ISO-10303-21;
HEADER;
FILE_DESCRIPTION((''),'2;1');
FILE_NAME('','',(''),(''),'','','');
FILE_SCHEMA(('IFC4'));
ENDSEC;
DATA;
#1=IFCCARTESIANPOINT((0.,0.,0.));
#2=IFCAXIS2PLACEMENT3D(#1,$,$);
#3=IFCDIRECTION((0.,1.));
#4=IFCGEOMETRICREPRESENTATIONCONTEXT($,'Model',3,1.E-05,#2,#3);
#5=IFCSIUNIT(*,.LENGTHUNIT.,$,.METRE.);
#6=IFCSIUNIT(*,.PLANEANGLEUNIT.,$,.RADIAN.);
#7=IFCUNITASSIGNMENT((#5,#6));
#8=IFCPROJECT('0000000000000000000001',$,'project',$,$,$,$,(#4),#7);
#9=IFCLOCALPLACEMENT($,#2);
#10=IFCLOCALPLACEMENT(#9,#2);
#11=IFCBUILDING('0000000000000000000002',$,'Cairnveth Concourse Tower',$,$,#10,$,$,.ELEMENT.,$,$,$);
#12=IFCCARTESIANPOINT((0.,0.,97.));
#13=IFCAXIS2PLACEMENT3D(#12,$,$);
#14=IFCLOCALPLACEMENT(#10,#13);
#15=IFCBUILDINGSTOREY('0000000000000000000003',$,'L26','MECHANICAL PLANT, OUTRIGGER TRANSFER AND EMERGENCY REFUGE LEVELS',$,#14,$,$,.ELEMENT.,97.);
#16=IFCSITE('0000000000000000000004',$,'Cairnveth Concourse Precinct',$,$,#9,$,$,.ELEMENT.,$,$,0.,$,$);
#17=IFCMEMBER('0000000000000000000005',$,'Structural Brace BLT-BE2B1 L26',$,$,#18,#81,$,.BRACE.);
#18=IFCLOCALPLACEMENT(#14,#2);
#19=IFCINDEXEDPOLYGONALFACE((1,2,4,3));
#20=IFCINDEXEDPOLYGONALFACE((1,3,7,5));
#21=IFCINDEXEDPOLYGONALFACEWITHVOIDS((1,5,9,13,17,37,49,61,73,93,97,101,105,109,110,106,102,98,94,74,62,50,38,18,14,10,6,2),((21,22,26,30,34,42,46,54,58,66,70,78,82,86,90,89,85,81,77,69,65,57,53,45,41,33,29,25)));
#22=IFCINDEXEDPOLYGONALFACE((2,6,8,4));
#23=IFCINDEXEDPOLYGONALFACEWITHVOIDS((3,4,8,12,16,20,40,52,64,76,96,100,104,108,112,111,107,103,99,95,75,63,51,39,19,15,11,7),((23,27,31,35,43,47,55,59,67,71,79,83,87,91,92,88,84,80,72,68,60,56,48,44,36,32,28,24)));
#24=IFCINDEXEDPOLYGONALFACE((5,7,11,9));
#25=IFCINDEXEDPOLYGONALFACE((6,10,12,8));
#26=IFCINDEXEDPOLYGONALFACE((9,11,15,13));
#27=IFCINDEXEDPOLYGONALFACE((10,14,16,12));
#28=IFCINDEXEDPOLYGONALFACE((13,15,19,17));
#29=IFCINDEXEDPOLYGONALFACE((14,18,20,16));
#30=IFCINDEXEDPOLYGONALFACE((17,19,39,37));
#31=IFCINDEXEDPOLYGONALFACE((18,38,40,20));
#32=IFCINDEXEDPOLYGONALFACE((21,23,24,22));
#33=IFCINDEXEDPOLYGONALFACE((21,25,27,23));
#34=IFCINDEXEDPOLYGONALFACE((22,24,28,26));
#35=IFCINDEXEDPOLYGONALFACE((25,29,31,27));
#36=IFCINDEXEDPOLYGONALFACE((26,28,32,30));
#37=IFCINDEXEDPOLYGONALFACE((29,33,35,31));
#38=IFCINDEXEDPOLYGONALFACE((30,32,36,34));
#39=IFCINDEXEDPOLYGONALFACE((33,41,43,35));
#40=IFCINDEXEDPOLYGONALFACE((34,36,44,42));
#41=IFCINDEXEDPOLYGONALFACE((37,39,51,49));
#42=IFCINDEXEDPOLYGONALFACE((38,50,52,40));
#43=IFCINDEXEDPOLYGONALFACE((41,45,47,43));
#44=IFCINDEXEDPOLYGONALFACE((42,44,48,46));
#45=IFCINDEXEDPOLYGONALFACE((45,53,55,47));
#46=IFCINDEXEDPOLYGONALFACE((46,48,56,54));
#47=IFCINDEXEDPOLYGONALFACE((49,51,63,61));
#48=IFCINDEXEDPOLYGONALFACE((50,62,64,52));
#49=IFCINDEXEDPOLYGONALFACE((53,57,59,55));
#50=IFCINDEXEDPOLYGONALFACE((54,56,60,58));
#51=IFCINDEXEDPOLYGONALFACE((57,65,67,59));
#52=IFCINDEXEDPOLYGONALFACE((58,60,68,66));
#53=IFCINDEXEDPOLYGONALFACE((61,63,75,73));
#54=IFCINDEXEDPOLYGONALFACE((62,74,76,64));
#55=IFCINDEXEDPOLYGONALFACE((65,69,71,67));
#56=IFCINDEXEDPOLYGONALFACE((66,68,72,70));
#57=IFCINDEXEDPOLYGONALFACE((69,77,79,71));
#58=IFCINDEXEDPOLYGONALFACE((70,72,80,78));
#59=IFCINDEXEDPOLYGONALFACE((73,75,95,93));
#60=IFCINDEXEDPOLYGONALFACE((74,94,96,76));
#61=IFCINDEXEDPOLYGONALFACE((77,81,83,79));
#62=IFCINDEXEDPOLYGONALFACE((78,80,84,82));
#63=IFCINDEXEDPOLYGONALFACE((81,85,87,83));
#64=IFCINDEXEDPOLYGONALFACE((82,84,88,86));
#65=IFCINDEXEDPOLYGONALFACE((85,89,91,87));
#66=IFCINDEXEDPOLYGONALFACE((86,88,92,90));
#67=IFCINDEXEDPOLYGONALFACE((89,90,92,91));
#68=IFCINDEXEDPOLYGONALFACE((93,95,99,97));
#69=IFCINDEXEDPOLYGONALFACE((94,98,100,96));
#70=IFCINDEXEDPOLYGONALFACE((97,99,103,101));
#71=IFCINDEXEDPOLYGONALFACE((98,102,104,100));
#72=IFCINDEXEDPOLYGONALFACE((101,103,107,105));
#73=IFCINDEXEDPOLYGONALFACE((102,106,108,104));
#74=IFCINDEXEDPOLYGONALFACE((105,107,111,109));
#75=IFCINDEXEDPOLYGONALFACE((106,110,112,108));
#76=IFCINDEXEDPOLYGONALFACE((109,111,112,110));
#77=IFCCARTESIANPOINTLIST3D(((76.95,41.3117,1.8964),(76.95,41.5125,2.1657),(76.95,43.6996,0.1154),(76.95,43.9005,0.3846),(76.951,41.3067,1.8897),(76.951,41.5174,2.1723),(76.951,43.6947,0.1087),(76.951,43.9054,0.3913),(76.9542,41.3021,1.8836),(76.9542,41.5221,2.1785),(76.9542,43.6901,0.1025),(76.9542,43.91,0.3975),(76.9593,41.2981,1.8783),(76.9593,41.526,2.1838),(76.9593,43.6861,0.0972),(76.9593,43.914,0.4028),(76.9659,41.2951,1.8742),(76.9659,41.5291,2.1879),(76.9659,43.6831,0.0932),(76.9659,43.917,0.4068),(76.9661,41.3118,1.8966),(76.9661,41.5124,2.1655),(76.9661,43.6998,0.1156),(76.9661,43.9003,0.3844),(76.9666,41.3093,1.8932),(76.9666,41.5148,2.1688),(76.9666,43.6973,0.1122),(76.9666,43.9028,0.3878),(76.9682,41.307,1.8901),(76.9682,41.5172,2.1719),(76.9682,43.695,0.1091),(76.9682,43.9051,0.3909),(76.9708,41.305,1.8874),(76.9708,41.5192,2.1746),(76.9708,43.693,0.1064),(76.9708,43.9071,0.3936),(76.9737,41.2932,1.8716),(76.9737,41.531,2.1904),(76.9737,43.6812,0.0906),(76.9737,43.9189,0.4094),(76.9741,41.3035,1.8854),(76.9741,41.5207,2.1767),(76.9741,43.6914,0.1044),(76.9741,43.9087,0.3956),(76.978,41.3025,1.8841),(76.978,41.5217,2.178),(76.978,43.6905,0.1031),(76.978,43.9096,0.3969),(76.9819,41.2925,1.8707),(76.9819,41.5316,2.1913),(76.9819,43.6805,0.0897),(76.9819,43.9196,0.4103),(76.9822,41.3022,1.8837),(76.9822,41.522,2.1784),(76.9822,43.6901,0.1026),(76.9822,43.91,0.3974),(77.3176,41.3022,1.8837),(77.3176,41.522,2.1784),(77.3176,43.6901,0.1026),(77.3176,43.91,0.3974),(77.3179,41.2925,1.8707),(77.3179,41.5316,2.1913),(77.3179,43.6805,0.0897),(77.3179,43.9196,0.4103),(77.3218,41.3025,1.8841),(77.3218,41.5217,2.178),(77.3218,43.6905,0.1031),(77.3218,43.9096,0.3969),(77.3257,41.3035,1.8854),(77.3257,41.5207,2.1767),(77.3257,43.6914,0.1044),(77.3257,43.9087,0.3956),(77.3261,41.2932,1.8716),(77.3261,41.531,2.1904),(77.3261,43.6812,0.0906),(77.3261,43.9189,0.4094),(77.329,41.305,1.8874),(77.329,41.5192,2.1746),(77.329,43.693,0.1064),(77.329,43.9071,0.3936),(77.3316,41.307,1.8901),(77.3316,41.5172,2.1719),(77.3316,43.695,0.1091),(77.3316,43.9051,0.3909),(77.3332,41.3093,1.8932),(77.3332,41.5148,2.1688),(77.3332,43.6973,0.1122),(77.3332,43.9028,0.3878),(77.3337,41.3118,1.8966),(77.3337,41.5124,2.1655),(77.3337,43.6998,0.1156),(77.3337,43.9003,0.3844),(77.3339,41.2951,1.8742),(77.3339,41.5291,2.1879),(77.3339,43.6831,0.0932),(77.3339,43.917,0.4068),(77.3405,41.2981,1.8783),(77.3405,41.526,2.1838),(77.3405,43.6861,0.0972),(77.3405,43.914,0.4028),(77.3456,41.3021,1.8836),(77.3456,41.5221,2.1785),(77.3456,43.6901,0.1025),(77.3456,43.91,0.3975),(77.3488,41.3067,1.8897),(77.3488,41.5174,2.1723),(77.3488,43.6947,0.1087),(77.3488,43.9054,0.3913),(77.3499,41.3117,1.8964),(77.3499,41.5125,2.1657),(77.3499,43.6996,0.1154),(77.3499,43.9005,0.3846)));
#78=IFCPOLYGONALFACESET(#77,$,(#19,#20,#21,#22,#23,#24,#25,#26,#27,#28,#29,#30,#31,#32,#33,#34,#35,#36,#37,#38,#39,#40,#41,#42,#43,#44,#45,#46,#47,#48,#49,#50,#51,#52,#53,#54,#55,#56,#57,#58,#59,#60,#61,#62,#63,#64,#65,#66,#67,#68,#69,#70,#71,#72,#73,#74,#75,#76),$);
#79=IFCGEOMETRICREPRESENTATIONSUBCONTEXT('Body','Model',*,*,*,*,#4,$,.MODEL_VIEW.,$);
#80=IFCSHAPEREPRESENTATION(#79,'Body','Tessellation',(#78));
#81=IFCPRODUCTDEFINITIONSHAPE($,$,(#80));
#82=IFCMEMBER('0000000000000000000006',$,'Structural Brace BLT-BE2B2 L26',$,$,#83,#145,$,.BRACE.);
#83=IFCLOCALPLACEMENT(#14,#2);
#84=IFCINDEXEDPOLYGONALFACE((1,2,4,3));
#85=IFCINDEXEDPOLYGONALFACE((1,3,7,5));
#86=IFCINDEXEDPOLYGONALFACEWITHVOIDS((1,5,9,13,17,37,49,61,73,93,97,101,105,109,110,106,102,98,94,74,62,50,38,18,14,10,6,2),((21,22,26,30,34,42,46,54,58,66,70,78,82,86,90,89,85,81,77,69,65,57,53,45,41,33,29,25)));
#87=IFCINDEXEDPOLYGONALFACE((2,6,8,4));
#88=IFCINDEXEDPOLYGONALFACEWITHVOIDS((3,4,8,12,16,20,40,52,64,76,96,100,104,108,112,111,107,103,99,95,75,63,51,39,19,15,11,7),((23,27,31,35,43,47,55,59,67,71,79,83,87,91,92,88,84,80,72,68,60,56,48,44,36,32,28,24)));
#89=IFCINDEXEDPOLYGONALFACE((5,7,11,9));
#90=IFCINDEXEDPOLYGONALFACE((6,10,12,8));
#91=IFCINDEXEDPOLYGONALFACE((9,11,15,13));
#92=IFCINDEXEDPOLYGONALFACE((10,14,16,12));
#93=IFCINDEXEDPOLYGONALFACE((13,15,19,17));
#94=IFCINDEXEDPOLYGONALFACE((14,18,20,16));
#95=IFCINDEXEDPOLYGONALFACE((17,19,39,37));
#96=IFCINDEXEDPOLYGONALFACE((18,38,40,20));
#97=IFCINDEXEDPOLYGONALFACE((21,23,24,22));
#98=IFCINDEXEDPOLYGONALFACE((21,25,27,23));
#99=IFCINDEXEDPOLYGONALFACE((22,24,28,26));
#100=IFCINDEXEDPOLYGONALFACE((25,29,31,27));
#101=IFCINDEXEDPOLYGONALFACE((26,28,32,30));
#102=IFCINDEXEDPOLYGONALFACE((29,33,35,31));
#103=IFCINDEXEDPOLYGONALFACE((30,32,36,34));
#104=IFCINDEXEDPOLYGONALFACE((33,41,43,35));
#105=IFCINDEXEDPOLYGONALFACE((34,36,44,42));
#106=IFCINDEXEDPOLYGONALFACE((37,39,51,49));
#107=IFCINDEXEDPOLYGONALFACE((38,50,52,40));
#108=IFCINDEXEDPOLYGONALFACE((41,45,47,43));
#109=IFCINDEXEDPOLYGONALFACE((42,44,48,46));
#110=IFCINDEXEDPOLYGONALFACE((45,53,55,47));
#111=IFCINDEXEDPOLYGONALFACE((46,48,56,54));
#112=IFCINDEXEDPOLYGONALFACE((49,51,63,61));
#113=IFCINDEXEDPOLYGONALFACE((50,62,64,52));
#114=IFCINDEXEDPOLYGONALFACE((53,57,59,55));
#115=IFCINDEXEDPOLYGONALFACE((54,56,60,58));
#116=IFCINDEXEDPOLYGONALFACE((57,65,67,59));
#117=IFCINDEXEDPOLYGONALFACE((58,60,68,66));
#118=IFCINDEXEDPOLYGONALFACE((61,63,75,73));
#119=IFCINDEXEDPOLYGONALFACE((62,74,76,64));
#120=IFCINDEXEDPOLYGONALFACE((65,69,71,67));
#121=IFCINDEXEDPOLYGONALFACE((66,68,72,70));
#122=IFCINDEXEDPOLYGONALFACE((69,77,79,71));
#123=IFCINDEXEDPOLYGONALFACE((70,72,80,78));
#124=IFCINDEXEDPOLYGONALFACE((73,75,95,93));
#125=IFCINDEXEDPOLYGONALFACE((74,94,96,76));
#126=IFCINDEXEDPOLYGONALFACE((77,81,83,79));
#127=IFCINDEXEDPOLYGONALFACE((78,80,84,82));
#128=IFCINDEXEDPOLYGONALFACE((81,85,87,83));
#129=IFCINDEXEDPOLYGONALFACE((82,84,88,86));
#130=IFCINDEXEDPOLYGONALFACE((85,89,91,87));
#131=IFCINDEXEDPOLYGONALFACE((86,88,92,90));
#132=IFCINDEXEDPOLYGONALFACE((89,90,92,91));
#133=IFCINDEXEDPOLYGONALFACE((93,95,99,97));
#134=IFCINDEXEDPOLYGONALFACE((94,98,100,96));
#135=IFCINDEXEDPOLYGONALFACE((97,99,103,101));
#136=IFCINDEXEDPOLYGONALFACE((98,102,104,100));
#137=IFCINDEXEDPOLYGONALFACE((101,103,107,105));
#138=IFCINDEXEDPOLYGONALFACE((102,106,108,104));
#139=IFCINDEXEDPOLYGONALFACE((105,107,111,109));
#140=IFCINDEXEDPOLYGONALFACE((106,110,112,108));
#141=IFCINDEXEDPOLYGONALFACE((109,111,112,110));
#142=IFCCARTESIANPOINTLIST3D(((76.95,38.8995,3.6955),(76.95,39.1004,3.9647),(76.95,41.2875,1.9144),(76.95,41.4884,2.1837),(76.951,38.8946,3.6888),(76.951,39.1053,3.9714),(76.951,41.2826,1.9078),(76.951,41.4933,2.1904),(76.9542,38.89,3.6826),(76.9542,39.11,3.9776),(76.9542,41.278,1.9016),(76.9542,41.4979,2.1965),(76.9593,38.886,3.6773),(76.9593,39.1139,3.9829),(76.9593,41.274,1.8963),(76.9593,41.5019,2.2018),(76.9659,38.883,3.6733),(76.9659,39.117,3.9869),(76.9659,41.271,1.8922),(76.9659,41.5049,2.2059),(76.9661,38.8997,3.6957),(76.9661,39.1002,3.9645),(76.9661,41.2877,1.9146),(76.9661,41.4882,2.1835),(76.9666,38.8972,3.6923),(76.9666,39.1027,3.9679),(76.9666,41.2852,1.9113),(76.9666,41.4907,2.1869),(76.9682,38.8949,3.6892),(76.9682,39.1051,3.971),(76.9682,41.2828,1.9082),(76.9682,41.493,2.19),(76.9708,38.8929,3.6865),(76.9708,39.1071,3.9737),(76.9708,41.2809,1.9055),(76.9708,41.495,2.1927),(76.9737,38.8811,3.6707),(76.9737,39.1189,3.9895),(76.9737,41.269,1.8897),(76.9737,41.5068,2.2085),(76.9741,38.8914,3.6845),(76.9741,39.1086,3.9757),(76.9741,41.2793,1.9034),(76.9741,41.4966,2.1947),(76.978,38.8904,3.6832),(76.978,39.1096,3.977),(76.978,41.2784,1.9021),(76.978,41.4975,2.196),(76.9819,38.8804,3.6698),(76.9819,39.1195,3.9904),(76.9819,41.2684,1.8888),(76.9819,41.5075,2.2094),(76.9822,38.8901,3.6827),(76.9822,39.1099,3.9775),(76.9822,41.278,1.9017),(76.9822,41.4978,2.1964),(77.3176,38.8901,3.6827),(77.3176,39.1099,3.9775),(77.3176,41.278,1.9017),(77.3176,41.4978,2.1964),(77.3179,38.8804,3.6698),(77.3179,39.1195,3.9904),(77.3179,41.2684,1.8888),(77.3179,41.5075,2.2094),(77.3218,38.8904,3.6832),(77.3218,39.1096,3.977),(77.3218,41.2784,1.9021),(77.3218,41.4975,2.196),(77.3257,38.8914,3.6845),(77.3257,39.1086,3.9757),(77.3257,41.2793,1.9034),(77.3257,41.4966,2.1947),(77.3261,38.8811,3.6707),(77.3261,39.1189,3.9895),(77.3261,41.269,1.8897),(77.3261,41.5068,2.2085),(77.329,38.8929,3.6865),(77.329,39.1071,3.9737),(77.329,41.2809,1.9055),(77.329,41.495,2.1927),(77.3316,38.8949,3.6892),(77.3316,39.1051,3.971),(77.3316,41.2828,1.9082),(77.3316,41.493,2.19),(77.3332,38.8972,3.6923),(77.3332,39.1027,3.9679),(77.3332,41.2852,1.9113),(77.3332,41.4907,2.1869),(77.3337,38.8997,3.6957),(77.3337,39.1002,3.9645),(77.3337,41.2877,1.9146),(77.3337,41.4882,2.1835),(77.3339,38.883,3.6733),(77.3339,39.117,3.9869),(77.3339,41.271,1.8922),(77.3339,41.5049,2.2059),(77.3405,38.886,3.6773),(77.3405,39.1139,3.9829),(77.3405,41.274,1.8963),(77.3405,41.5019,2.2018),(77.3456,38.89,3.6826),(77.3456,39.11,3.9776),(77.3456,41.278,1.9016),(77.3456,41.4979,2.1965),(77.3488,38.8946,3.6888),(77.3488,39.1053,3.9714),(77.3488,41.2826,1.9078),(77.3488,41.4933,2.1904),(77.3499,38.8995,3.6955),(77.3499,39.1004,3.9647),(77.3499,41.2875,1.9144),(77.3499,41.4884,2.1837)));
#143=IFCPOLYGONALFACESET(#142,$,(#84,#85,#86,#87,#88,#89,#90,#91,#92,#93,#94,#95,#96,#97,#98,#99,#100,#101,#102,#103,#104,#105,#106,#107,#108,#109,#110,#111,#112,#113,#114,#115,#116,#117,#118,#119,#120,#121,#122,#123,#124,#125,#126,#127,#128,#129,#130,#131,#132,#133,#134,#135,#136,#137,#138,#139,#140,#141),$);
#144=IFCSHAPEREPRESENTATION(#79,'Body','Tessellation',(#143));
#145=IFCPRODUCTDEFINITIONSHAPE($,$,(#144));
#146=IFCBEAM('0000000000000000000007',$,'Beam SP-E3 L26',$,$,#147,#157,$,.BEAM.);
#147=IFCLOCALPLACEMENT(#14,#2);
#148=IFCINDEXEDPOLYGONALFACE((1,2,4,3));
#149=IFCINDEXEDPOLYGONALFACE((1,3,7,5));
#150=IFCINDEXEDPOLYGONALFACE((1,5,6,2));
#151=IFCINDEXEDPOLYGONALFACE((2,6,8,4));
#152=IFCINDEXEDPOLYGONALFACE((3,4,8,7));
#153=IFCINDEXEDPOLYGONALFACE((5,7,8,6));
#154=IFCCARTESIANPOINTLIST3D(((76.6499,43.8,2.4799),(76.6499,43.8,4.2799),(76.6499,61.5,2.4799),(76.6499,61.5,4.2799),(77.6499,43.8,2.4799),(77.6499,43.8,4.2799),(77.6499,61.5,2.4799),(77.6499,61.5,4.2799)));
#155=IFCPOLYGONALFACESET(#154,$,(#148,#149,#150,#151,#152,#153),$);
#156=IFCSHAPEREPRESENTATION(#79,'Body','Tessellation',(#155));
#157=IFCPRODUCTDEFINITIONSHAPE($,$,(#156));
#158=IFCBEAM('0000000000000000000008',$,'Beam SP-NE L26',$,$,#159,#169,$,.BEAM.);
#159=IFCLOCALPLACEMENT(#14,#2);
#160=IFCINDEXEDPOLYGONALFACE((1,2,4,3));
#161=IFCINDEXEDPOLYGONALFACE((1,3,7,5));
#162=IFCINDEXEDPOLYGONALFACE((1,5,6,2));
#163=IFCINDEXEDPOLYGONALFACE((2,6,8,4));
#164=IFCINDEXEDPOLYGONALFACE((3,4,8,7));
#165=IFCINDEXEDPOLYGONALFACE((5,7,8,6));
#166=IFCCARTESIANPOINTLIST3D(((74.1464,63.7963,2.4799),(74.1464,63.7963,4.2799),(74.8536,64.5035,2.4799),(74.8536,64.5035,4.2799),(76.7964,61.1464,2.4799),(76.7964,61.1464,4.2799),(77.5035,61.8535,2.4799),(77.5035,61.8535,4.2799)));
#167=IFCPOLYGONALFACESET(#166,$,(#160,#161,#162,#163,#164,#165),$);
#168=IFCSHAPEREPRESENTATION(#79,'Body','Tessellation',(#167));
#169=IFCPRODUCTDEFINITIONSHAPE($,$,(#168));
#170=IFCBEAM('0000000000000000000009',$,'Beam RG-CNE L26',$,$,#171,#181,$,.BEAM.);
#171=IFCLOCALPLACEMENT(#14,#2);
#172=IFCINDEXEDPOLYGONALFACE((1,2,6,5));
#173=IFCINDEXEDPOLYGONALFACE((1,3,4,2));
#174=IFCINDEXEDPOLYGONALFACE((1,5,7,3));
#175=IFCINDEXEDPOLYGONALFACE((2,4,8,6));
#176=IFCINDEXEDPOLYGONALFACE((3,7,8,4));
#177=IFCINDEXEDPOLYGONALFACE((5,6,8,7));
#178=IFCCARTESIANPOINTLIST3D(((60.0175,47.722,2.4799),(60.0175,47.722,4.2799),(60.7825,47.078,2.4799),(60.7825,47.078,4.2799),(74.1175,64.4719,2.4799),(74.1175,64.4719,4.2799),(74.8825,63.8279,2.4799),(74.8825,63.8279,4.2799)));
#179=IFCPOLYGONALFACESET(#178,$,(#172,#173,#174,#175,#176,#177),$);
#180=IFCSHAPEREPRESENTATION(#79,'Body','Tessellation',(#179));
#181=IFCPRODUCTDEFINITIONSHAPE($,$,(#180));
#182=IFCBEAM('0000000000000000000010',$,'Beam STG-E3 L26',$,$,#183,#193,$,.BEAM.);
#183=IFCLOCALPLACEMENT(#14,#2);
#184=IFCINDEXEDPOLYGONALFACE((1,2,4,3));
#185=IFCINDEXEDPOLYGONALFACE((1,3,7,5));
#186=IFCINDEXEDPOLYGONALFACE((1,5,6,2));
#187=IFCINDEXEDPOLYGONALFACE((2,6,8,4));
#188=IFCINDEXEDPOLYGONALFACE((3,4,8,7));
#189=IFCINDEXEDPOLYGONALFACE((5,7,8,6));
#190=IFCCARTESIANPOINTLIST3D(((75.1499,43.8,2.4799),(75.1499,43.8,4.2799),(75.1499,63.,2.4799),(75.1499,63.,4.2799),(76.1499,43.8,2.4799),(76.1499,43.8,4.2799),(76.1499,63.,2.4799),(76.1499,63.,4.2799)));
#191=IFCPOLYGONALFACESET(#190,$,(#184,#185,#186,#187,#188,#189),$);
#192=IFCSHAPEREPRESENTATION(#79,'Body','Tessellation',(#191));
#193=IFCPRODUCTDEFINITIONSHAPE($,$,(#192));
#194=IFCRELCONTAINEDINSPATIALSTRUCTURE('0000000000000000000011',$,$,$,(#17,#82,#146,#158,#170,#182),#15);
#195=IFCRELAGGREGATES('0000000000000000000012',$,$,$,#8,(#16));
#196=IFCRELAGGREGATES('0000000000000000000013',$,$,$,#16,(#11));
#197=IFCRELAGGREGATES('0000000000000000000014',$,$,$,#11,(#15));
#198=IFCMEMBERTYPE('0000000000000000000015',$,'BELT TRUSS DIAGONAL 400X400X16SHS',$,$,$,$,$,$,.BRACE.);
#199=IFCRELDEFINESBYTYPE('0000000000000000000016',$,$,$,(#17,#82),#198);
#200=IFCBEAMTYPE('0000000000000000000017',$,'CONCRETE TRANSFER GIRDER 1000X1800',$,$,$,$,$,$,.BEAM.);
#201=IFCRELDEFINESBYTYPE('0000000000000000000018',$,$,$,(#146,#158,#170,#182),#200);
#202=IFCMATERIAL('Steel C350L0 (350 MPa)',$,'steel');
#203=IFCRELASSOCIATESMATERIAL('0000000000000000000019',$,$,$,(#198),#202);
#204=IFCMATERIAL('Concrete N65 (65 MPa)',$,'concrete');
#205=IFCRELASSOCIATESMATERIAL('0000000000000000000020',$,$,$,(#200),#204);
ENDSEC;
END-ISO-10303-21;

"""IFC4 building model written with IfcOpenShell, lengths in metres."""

from ifc_helpers import new_model, si_unit, direction, frame, origin, origin_2d, place, context, subcontext, project, spatial, rectangle, hollow_rectangle, extrude, material, material_profile, profile_set, type_object, element, save


model = new_model("IFC4")

# Units and contexts
model_context = context("Model", 3, precision=1e-05, world=origin(), true_north=direction((0.0, 1.0)))
body_context = subcontext(model_context, "Body", "Model", "MODEL_VIEW")
ifc_project = project(units=[si_unit("LENGTHUNIT", "METRE"), si_unit("PLANEANGLEUNIT", "RADIAN")], contexts=[model_context])

# Site, building, storey
site_placement = place(None, origin())
site = spatial("IfcSite", under=ifc_project, at=site_placement, Name="Cairnveth Concourse Precinct", CompositionType="ELEMENT", RefElevation=0.0)
building_placement = place(site_placement, origin())
building = spatial("IfcBuilding", under=site, at=building_placement, Name="Cairnveth Concourse Tower", CompositionType="ELEMENT")
storey_placement = place(building_placement, frame((0.0, 0.0, 97.0)))
storey = spatial("IfcBuildingStorey", under=building, at=storey_placement, Name="L26", Description="MECHANICAL PLANT, OUTRIGGER TRANSFER AND EMERGENCY REFUGE LEVELS", CompositionType="ELEMENT", Elevation=97.0)

# Shared definitions
ifc_material_1 = material(Name="Concrete N65 (65 MPa)", Category="concrete")

# Members
ifc_material_2 = material(Name="Steel C350L0 (350 MPa)", Category="steel")
ifc_material_profile_1 = material_profile(ifc_material_2, hollow_rectangle(XDim=0.3999, YDim=0.3999, WallThickness=0.0161, InnerFilletRadius=0.0161, OuterFilletRadius=0.032, at=origin_2d()), Name="400x400x16.0SHS")
ifc_profile_set_1 = profile_set([ifc_material_profile_1], Name="Steel C350L0 (350 MPa)")
member_type_1 = type_object("IfcMemberType", Name="BELT TRUSS DIAGONAL 400X400X16SHS", PredefinedType="BRACE", material=ifc_profile_set_1)
for number, where, z_axis, x_axis, name in (
    (1, (77.1499, 43.8, 0.25), (0.0, -0.8016, 0.59786), (1.0, 0.0, 0.0), "Structural Brace BLT-BE2B1 L26"),
    (2, (77.1499, 41.3879, 2.0491), (0.0, -0.8016, 0.59786), (1.0, 0.0, 0.0), "Structural Brace BLT-BE2B2 L26"),
):
    element("IfcMember", number, at=place(storey_placement, frame(where, z_axis=z_axis, x_axis=x_axis)), inside=storey, type_object=member_type_1, Name=name, PredefinedType="BRACE", context=body_context, shape_type="SweptSolid", body=[
        extrude(hollow_rectangle(XDim=0.3999, YDim=0.3999, WallThickness=0.0161, InnerFilletRadius=0.0161, OuterFilletRadius=0.032, at=origin_2d()), origin(), (0.0, 0.0, 1.0), 2.979),
    ])

# Beams
ifc_material_profile_2 = material_profile(ifc_material_1, rectangle(XDim=1.0, YDim=1.8, at=origin_2d()), Name="RC-TB-1000x1800")
ifc_profile_set_2 = profile_set([ifc_material_profile_2], Name="Concrete N65 (65 MPa)")
beam_type_1 = type_object("IfcBeamType", Name="CONCRETE TRANSFER GIRDER 1000X1800", PredefinedType="BEAM", material=ifc_profile_set_2)
beam_1_placement = place(storey_placement, frame((77.1499, 43.8, 3.3799), z_axis=(0.0, 1.0, 0.0), x_axis=(-1.0, 0.0, 0.0)))
element("IfcBeam", 3, at=beam_1_placement, inside=storey, type_object=beam_type_1, Name="Beam SP-E3 L26", PredefinedType="BEAM", context=body_context, shape_type="SweptSolid", body=[
    extrude(rectangle(XDim=1.0, YDim=1.8, at=origin_2d()), origin(), (0.0, 0.0, 1.0), 17.7),
])
beam_2_placement = place(storey_placement, frame((74.5, 64.1499, 3.3799), z_axis=(0.707107, -0.707107, 0.0), x_axis=(0.707107, 0.707107, 0.0)))
element("IfcBeam", 4, at=beam_2_placement, inside=storey, type_object=beam_type_1, Name="Beam SP-NE L26", PredefinedType="BEAM", context=body_context, shape_type="SweptSolid", body=[
    extrude(rectangle(XDim=1.0, YDim=1.8, at=origin_2d()), origin(), (0.0, 0.0, 1.0), 3.7476),
])
beam_3_placement = place(storey_placement, frame((74.5, 64.1499, 3.3799), z_axis=(-0.643998, -0.765027, 0.0), x_axis=(0.765027, -0.643998, 0.0)))
element("IfcBeam", 5, at=beam_3_placement, inside=storey, type_object=beam_type_1, Name="Beam RG-CNE L26", PredefinedType="BEAM", context=body_context, shape_type="SweptSolid", body=[
    extrude(rectangle(XDim=1.0, YDim=1.8, at=origin_2d()), origin(), (0.0, 0.0, 1.0), 21.8945),
])
beam_4_placement = place(storey_placement, frame((75.6499, 43.8, 3.3799), z_axis=(0.0, 1.0, 0.0), x_axis=(-1.0, 0.0, 0.0)))
element("IfcBeam", 6, at=beam_4_placement, inside=storey, type_object=beam_type_1, Name="Beam STG-E3 L26", PredefinedType="BEAM", context=body_context, shape_type="SweptSolid", body=[
    extrude(rectangle(XDim=1.0, YDim=1.8, at=origin_2d()), origin(), (0.0, 0.0, 1.0), 19.2),
])

save(model, "model.ifc")
